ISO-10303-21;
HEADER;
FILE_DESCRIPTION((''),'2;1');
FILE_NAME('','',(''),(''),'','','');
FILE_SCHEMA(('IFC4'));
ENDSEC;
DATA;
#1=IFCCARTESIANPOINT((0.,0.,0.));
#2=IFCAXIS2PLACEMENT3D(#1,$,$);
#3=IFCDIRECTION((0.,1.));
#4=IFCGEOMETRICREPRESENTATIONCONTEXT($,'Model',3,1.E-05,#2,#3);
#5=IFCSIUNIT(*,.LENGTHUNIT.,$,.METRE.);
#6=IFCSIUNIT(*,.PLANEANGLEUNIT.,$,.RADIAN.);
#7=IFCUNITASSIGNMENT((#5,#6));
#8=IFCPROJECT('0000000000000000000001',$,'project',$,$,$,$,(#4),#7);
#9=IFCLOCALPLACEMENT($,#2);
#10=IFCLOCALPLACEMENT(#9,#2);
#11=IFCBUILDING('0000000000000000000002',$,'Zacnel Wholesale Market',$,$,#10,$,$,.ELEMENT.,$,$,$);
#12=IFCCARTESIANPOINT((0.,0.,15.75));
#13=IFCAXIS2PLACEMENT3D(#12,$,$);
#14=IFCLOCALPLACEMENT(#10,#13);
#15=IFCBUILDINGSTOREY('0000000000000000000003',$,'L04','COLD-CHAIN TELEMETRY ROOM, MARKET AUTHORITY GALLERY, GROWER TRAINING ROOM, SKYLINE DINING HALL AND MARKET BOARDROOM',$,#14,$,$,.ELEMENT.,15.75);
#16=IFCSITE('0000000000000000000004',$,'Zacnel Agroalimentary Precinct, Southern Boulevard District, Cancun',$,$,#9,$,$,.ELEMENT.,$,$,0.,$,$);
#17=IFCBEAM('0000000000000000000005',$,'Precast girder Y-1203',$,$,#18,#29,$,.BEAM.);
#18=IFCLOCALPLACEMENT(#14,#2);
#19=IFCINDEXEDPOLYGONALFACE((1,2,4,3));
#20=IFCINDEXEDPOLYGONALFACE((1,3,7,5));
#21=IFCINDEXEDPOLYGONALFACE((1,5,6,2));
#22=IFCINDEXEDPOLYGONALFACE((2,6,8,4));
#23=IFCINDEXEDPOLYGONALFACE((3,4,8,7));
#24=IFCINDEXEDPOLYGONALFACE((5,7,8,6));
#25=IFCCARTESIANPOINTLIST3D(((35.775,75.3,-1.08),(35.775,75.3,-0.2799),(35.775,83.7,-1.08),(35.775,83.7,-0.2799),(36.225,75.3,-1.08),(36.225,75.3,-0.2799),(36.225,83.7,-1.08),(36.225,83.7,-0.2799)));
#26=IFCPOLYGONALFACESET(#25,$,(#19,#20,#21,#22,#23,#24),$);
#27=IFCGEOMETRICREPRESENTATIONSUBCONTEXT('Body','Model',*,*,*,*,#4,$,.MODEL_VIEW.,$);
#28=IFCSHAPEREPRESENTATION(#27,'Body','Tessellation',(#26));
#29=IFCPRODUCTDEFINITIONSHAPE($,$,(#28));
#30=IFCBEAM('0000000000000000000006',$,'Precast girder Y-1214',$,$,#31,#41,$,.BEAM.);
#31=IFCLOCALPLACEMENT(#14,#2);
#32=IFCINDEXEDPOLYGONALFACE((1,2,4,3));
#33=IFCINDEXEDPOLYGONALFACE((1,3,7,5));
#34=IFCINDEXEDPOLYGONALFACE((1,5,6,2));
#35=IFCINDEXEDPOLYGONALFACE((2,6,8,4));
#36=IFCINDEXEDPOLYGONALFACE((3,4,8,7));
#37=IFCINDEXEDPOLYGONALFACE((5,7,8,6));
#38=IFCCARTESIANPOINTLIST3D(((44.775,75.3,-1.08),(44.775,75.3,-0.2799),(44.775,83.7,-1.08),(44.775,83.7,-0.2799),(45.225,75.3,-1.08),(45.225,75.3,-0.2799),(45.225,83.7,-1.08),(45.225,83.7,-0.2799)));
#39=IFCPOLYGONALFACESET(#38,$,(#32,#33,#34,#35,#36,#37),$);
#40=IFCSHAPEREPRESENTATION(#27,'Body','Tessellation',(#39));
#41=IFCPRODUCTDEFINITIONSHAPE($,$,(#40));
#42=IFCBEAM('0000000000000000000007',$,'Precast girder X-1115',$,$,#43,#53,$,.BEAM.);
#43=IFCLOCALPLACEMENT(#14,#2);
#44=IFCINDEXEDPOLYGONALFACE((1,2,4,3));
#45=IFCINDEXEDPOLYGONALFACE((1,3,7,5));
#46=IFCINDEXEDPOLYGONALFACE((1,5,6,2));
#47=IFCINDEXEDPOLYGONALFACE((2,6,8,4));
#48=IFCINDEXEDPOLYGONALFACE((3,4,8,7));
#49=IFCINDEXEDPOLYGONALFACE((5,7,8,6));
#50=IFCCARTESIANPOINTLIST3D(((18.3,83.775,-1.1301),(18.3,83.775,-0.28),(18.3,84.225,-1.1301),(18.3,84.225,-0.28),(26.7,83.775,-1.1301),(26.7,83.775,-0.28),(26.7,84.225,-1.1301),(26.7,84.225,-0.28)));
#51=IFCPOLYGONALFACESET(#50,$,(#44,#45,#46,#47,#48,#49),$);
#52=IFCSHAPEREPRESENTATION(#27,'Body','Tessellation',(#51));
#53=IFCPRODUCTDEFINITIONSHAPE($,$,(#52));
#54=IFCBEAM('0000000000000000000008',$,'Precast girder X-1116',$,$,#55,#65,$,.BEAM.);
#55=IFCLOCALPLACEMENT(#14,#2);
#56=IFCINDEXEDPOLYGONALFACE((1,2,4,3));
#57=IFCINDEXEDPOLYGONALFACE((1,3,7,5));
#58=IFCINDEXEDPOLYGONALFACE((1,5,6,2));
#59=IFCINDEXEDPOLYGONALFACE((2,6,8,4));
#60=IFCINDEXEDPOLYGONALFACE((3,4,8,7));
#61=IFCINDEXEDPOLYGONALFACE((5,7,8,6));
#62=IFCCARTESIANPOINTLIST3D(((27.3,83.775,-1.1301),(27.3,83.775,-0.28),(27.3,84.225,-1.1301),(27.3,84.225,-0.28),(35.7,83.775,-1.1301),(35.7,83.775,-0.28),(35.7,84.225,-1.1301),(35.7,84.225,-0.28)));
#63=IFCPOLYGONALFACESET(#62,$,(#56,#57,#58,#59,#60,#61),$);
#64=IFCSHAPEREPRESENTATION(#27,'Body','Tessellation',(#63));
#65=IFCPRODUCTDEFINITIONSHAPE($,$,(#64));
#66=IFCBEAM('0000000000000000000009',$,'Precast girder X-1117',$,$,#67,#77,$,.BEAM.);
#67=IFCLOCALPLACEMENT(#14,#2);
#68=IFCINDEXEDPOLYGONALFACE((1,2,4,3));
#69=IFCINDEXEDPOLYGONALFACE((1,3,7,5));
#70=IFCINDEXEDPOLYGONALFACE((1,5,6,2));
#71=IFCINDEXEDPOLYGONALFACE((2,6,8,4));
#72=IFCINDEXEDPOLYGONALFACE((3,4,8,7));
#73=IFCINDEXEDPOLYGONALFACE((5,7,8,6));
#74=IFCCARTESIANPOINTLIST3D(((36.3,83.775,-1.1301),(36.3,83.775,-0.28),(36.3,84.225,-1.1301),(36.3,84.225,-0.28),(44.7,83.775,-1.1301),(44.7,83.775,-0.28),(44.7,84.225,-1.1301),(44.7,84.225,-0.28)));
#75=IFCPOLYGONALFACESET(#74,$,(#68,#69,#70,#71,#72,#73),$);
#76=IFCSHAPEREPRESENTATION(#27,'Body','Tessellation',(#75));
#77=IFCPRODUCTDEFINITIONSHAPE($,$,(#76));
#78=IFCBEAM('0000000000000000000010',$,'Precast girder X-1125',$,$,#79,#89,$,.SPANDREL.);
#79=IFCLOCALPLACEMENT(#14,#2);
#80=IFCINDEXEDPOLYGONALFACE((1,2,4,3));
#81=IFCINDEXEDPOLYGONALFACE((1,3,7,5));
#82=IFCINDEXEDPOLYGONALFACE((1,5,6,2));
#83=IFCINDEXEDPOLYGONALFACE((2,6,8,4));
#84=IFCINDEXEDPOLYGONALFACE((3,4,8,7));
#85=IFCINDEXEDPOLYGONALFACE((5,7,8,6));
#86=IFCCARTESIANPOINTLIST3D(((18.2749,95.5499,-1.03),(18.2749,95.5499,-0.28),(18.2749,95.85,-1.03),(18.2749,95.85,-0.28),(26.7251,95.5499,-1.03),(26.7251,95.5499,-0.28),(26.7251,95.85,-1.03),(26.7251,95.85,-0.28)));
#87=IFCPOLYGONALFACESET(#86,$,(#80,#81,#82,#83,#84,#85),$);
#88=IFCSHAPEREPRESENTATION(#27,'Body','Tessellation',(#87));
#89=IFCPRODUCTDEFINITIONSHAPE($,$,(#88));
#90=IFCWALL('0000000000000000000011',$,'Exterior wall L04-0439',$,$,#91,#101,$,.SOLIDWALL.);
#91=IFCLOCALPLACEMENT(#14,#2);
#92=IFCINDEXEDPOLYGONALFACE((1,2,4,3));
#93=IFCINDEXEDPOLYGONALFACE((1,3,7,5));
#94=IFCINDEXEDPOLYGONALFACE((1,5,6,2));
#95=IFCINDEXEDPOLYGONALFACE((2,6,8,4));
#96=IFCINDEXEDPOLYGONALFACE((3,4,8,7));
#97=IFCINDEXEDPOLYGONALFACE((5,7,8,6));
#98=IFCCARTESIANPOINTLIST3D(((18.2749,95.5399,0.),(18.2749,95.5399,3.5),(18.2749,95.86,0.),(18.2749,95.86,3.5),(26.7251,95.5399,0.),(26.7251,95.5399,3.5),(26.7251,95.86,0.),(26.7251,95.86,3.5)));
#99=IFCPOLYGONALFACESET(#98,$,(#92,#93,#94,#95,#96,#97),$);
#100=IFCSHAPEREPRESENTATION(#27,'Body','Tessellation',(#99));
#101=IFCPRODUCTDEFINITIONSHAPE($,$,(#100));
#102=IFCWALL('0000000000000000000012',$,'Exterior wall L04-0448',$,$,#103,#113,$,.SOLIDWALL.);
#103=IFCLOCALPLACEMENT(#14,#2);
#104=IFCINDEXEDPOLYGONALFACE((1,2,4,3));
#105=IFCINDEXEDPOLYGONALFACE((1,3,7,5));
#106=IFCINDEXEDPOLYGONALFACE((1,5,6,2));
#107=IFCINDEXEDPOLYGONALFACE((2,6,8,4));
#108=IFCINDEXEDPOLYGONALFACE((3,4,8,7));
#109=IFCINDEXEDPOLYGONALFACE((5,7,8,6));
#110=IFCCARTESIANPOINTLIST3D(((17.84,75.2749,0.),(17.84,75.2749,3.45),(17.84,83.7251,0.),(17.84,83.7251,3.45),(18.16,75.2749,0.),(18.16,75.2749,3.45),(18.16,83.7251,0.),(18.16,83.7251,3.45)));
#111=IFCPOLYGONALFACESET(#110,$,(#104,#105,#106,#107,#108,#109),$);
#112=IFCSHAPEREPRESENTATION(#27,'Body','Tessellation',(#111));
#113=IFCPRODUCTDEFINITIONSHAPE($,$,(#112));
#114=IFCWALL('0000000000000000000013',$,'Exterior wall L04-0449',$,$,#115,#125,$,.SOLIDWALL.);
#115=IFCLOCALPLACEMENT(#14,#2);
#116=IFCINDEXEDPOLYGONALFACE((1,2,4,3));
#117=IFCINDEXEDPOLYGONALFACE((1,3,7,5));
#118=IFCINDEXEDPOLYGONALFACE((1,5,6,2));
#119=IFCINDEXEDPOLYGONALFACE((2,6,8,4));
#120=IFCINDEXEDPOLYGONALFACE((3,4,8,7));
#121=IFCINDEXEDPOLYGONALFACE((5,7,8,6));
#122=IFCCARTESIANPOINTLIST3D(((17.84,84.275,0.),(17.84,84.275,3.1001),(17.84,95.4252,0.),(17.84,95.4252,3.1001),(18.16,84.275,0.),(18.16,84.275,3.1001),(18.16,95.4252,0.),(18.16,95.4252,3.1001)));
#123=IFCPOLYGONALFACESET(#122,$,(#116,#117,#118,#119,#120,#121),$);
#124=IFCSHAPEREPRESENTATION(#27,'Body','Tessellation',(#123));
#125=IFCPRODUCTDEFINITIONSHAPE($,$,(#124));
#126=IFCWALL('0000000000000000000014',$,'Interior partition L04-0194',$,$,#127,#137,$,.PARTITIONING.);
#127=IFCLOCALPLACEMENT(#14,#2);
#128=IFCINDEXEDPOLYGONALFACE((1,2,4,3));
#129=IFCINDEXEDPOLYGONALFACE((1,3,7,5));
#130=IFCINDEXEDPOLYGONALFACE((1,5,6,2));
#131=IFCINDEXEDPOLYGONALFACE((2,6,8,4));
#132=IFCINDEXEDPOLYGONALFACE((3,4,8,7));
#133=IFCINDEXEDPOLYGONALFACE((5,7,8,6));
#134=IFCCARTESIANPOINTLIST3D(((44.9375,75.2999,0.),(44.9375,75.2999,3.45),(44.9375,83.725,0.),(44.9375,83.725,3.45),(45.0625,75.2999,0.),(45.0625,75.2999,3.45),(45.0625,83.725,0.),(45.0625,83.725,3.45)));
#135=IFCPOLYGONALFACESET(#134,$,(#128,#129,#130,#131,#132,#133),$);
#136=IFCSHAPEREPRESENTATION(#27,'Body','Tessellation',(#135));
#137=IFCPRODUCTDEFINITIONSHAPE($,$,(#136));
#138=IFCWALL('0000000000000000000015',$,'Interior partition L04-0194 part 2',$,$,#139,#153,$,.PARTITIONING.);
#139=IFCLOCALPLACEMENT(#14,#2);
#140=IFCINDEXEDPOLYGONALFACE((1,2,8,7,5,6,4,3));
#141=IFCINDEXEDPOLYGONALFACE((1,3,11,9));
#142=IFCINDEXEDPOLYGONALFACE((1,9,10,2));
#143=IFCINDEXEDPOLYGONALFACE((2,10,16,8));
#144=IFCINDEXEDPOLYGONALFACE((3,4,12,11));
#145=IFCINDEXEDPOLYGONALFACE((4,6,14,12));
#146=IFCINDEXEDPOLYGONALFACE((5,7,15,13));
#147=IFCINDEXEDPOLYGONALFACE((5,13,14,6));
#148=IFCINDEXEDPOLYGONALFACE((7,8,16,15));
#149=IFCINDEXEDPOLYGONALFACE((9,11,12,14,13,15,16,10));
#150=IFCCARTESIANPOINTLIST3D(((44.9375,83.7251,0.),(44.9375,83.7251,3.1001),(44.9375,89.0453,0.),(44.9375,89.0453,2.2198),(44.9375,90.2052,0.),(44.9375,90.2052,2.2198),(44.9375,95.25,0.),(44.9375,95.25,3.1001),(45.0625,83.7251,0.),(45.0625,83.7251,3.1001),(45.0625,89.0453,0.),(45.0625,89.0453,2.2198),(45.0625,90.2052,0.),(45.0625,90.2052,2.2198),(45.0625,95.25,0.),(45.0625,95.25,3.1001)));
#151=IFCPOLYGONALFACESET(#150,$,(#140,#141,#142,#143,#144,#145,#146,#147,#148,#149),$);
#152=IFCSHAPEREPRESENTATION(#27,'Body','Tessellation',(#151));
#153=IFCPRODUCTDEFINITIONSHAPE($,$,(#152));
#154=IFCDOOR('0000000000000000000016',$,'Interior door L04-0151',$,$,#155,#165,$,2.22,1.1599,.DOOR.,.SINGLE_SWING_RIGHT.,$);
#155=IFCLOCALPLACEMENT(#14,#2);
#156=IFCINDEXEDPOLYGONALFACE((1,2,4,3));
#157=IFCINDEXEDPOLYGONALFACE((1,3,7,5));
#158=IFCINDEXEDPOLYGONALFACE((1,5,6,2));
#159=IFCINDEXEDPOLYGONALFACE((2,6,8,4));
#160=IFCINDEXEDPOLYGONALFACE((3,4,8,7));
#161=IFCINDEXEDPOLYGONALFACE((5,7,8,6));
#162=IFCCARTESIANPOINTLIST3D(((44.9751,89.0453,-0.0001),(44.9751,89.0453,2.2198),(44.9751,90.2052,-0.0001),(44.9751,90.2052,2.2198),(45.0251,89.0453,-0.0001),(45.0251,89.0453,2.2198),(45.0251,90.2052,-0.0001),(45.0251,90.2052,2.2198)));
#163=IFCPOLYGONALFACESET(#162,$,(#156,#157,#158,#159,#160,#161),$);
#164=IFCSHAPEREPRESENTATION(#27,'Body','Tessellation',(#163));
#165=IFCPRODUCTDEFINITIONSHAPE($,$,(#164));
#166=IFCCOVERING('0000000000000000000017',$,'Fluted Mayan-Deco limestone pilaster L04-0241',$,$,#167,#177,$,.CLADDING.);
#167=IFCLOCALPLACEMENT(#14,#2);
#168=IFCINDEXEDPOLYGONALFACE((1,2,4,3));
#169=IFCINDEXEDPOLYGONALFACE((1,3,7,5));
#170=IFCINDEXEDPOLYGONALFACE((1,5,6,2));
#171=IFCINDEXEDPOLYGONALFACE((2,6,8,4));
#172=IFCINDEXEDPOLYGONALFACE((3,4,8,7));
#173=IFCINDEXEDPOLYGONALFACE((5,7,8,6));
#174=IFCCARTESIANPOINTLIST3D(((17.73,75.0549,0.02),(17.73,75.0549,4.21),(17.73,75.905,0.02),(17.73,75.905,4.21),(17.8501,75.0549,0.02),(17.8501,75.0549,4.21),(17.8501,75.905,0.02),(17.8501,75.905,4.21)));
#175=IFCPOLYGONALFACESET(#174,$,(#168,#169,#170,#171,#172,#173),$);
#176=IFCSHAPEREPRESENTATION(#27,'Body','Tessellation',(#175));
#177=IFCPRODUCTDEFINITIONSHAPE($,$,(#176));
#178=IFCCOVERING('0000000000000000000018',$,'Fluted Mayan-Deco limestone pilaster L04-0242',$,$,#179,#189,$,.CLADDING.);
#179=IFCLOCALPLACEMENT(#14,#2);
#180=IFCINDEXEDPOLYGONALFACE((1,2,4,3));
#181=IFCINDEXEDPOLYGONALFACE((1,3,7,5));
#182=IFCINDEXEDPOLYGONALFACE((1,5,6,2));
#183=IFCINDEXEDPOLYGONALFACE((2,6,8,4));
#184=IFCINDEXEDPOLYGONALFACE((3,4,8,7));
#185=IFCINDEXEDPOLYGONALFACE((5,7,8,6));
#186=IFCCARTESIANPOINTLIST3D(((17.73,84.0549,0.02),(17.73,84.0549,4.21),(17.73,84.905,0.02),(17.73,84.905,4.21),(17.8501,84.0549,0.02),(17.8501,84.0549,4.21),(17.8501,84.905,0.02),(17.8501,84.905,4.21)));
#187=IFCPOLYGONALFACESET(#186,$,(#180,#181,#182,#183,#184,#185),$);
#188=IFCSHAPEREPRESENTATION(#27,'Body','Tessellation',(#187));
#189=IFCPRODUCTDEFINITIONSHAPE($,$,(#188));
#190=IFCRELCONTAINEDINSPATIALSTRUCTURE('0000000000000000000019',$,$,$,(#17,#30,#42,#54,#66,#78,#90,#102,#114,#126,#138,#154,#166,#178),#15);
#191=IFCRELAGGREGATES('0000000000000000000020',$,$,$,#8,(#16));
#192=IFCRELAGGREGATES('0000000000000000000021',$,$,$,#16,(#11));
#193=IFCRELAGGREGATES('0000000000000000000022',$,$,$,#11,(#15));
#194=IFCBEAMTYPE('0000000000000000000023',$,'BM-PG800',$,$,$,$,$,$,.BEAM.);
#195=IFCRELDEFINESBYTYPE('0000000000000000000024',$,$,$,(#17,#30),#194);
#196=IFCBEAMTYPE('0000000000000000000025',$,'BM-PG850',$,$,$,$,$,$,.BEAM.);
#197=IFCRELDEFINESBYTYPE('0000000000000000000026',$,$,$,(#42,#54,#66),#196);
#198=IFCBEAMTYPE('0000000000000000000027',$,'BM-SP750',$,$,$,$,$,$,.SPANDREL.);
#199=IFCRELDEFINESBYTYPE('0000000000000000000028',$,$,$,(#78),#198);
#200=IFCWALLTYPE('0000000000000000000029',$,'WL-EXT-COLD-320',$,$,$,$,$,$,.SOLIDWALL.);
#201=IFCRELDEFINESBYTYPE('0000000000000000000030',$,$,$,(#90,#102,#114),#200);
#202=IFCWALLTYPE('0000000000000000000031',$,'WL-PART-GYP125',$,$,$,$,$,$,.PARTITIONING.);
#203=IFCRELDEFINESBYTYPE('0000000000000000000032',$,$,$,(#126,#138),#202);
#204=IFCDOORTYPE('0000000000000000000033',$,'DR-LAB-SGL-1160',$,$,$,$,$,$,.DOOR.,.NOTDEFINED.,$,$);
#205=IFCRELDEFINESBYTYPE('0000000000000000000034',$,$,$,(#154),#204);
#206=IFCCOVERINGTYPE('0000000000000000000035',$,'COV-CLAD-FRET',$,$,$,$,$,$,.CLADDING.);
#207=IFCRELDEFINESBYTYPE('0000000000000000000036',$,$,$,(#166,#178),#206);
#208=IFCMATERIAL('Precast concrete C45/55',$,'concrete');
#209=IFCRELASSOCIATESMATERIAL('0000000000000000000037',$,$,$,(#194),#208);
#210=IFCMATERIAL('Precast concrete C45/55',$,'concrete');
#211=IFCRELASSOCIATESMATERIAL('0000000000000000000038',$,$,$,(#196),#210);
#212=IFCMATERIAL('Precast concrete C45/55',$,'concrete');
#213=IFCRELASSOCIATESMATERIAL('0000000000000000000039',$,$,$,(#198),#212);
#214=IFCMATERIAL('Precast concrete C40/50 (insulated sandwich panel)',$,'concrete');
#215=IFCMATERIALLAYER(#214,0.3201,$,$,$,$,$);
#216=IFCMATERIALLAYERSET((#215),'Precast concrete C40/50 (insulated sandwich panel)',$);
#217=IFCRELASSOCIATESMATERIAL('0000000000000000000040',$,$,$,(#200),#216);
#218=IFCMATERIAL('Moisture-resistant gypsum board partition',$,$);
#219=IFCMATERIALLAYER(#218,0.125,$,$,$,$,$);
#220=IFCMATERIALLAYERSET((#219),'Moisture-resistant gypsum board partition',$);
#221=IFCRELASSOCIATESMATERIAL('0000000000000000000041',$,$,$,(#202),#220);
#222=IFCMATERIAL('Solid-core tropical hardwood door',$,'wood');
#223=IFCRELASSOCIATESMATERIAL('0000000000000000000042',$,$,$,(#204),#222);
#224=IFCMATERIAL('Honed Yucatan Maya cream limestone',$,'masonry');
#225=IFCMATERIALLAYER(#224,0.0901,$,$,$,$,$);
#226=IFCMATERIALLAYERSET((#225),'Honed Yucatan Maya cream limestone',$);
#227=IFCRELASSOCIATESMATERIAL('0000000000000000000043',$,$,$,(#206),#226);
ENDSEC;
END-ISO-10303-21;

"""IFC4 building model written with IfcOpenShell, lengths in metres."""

from ifc_helpers import new_model, si_unit, direction, frame, frame_2d, origin, origin_2d, place, context, subcontext, project, spatial, rectangle, extrude, material, layer, layer_set, material_profile, profile_set, type_object, element, fill, save


model = new_model("IFC4")

# Units and contexts
model_context = context("Model", 3, precision=1e-05, world=origin(), true_north=direction((0.0, 1.0)))
body_context = subcontext(model_context, "Body", "Model", "MODEL_VIEW")
ifc_project = project(units=[si_unit("LENGTHUNIT", "METRE"), si_unit("PLANEANGLEUNIT", "RADIAN")], contexts=[model_context])

# Site, building, storey
site_placement = place(None, origin())
site = spatial("IfcSite", under=ifc_project, at=site_placement, Name="Zacnel Agroalimentary Precinct, Southern Boulevard District, Cancun", CompositionType="ELEMENT", RefElevation=0.0)
building_placement = place(site_placement, origin())
building = spatial("IfcBuilding", under=site, at=building_placement, Name="Zacnel Wholesale Market", CompositionType="ELEMENT")
storey_placement = place(building_placement, frame((0.0, 0.0, 15.75)))
storey = spatial("IfcBuildingStorey", under=building, at=storey_placement, Name="L04", Description="COLD-CHAIN TELEMETRY ROOM, MARKET AUTHORITY GALLERY, GROWER TRAINING ROOM, SKYLINE DINING HALL AND MARKET BOARDROOM", CompositionType="ELEMENT", Elevation=15.75)

# Beams
ifc_material_1 = material(Name="Precast concrete C45/55", Category="concrete")
ifc_material_profile_1 = material_profile(ifc_material_1, rectangle(XDim=0.45, YDim=0.8, at=origin_2d()), Name="PG 450x800")
ifc_profile_set_1 = profile_set([ifc_material_profile_1], Name="Precast concrete C45/55")
beam_type_1 = type_object("IfcBeamType", Name="BM-PG800", PredefinedType="BEAM", material=ifc_profile_set_1)
for number, where, z_axis, x_axis, name in (
    (1, (36.0, 75.3, -0.6799), (0.0, 1.0, 0.0), (-1.0, 0.0, 0.0), "Precast girder Y-1203"),
    (2, (45.0, 75.3, -0.6799), (0.0, 1.0, 0.0), (-1.0, 0.0, 0.0), "Precast girder Y-1214"),
):
    element("IfcBeam", number, at=place(storey_placement, frame(where, z_axis=z_axis, x_axis=x_axis)), inside=storey, type_object=beam_type_1, Name=name, PredefinedType="BEAM", context=body_context, shape_type="SweptSolid", body=[
        extrude(rectangle(XDim=0.45, YDim=0.8, at=origin_2d()), origin(), (0.0, 0.0, 1.0), 8.3999),
    ])
ifc_material_2 = material(Name="Precast concrete C45/55", Category="concrete")
ifc_material_profile_2 = material_profile(ifc_material_2, rectangle(XDim=0.45, YDim=0.8501, at=origin_2d()), Name="PG 450x850")
ifc_profile_set_2 = profile_set([ifc_material_profile_2], Name="Precast concrete C45/55")
beam_type_2 = type_object("IfcBeamType", Name="BM-PG850", PredefinedType="BEAM", material=ifc_profile_set_2)
for number, where, z_axis, x_axis, name in (
    (3, (18.3, 84.0, -0.7051), (1.0, 0.0, 0.0), (0.0, 1.0, 0.0), "Precast girder X-1115"),
    (4, (27.3, 84.0, -0.7051), (1.0, 0.0, 0.0), (0.0, 1.0, 0.0), "Precast girder X-1116"),
    (5, (36.3, 84.0, -0.7051), (1.0, 0.0, 0.0), (0.0, 1.0, 0.0), "Precast girder X-1117"),
):
    element("IfcBeam", number, at=place(storey_placement, frame(where, z_axis=z_axis, x_axis=x_axis)), inside=storey, type_object=beam_type_2, Name=name, PredefinedType="BEAM", context=body_context, shape_type="SweptSolid", body=[
        extrude(rectangle(XDim=0.45, YDim=0.8501, at=origin_2d()), origin(), (0.0, 0.0, 1.0), 8.3999),
    ])
ifc_material_3 = material(Name="Precast concrete C45/55", Category="concrete")
ifc_material_profile_3 = material_profile(ifc_material_3, rectangle(XDim=0.3, YDim=0.75, at=origin_2d()), Name="SP 300x750")
ifc_profile_set_3 = profile_set([ifc_material_profile_3], Name="Precast concrete C45/55")
beam_type_3 = type_object("IfcBeamType", Name="BM-SP750", PredefinedType="SPANDREL", material=ifc_profile_set_3)
beam_placement = place(storey_placement, frame((18.2749, 95.7, -0.655), z_axis=(1.0, 0.0, 0.0), x_axis=(0.0, 1.0, 0.0)))
element("IfcBeam", 6, at=beam_placement, inside=storey, type_object=beam_type_3, Name="Precast girder X-1125", PredefinedType="SPANDREL", context=body_context, shape_type="SweptSolid", body=[
    extrude(rectangle(XDim=0.3, YDim=0.75, at=origin_2d()), origin(), (0.0, 0.0, 1.0), 8.4502),
])

# Walls
ifc_material_4 = material(Name="Precast concrete C40/50 (insulated sandwich panel)", Category="concrete")
ifc_layer_1 = layer(ifc_material_4, 0.3201)
ifc_layer_set_1 = layer_set([ifc_layer_1], Name="Precast concrete C40/50 (insulated sandwich panel)")
wall_type_1 = type_object("IfcWallType", Name="WL-EXT-COLD-320", PredefinedType="SOLIDWALL", material=ifc_layer_set_1)
wall_1_placement = place(storey_placement, frame((18.2749, 95.7, 0.0), z_axis=(0.0, 0.0, 1.0), x_axis=(1.0, 0.0, 0.0)))
element("IfcWall", 7, at=wall_1_placement, inside=storey, type_object=wall_type_1, Name="Exterior wall L04-0439", PredefinedType="SOLIDWALL", context=body_context, shape_type="SweptSolid", body=[
    extrude(rectangle(XDim=8.4502, YDim=0.3201, at=frame_2d((4.2251, 0.0))), origin(), (0.0, 0.0, 1.0), 3.5),
])
wall_2_placement = place(storey_placement, frame((18.0, 75.2749, 0.0), z_axis=(0.0, 0.0, 1.0), x_axis=(0.0, 1.0, 0.0)))
element("IfcWall", 8, at=wall_2_placement, inside=storey, type_object=wall_type_1, Name="Exterior wall L04-0448", PredefinedType="SOLIDWALL", context=body_context, shape_type="SweptSolid", body=[
    extrude(rectangle(XDim=8.4502, YDim=0.3201, at=frame_2d((4.2251, 0.0))), origin(), (0.0, 0.0, 1.0), 3.45),
])
wall_3_placement = place(storey_placement, frame((18.0, 84.2749, 0.0), z_axis=(0.0, 0.0, 1.0), x_axis=(0.0, 1.0, 0.0)))
element("IfcWall", 9, at=wall_3_placement, inside=storey, type_object=wall_type_1, Name="Exterior wall L04-0449", PredefinedType="SOLIDWALL", context=body_context, shape_type="SweptSolid", body=[
    extrude(rectangle(XDim=11.1501, YDim=0.3201, at=frame_2d((5.5752, 0.0))), origin(), (0.0, 0.0, 1.0), 3.1001),
])
ifc_material_5 = material(Name="Moisture-resistant gypsum board partition")
ifc_layer_2 = layer(ifc_material_5, 0.125)
ifc_layer_set_2 = layer_set([ifc_layer_2], Name="Moisture-resistant gypsum board partition")
wall_type_2 = type_object("IfcWallType", Name="WL-PART-GYP125", PredefinedType="PARTITIONING", material=ifc_layer_set_2)
wall_4_placement = place(storey_placement, frame((45.0, 75.3, 0.0), z_axis=(0.0, 0.0, 1.0), x_axis=(0.0, 1.0, 0.0)))
element("IfcWall", 10, at=wall_4_placement, inside=storey, type_object=wall_type_2, Name="Interior partition L04-0194", PredefinedType="PARTITIONING", context=body_context, shape_type="SweptSolid", body=[
    extrude(rectangle(XDim=8.425, YDim=0.125, at=frame_2d((4.2124, 0.0))), origin(), (0.0, 0.0, 1.0), 3.45),
])

# Wall, opening, door
wall_5_placement = place(storey_placement, frame((45.0, 83.7251, 0.0), z_axis=(0.0, 0.0, 1.0), x_axis=(0.0, 1.0, 0.0)))
wall_5 = element("IfcWall", 11, at=wall_5_placement, inside=storey, type_object=wall_type_2, Name="Interior partition L04-0194 part 2", PredefinedType="PARTITIONING", context=body_context, shape_type="SweptSolid", body=[
    extrude(rectangle(XDim=11.5249, YDim=0.125, at=frame_2d((5.7625, 0.0))), origin(), (0.0, 0.0, 1.0), 3.1001),
])
opening_placement = place(wall_5_placement, frame((5.3201, 0.0, 0.0)))
opening = element("IfcOpeningElement", 12, at=opening_placement, cuts=wall_5, PredefinedType="OPENING", context=body_context, shape_type="SweptSolid", body=[
    extrude(rectangle(XDim=1.1599, YDim=2.22, at=frame_2d((0.5801, 1.1099))), frame((0.0, 0.0725, 0.0), z_axis=(0.0, -1.0, 0.0), x_axis=(1.0, 0.0, 0.0)), (0.0, 0.0, 1.0), 0.145),
])
ifc_material_6 = material(Name="Solid-core tropical hardwood door", Category="wood")
door_type = type_object("IfcDoorType", Name="DR-LAB-SGL-1160", OperationType="NOTDEFINED", PredefinedType="DOOR", material=ifc_material_6)
door_placement = place(opening_placement, origin())
door = element("IfcDoor", 13, at=door_placement, inside=storey, type_object=door_type, Name="Interior door L04-0151", OperationType="SINGLE_SWING_RIGHT", OverallHeight=2.22, OverallWidth=1.1599, PredefinedType="DOOR", context=body_context, shape_type="SweptSolid", body=[
    extrude(rectangle(XDim=1.1599, YDim=2.22, at=frame_2d((0.5801, 1.1099))), frame((0.0, 0.0249, 0.0), z_axis=(0.0, -1.0, 0.0), x_axis=(1.0, 0.0, 0.0)), (0.0, 0.0, 1.0), 0.05),
])
fill(opening, door)

# Coverings
ifc_material_7 = material(Name="Honed Yucatan Maya cream limestone", Category="masonry")
ifc_layer_3 = layer(ifc_material_7, 0.0901)
ifc_layer_set_3 = layer_set([ifc_layer_3], Name="Honed Yucatan Maya cream limestone")
covering_type = type_object("IfcCoveringType", Name="COV-CLAD-FRET", PredefinedType="CLADDING", material=ifc_layer_set_3)
for number, where, z_axis, x_axis, name in (
    (14, (17.79, 75.48, 0.02), (0.0, 0.0, 1.0), (0.0, 1.0, 0.0), "Fluted Mayan-Deco limestone pilaster L04-0241"),
    (15, (17.79, 84.48, 0.02), (0.0, 0.0, 1.0), (0.0, 1.0, 0.0), "Fluted Mayan-Deco limestone pilaster L04-0242"),
):
    element("IfcCovering", number, at=place(storey_placement, frame(where, z_axis=z_axis, x_axis=x_axis)), inside=storey, type_object=covering_type, Name=name, PredefinedType="CLADDING", context=body_context, shape_type="SweptSolid", body=[
        extrude(rectangle(XDim=0.8501, YDim=0.1201, at=origin_2d()), origin(), (0.0, 0.0, 1.0), 4.1899),
    ])

save(model, "model.ifc")
